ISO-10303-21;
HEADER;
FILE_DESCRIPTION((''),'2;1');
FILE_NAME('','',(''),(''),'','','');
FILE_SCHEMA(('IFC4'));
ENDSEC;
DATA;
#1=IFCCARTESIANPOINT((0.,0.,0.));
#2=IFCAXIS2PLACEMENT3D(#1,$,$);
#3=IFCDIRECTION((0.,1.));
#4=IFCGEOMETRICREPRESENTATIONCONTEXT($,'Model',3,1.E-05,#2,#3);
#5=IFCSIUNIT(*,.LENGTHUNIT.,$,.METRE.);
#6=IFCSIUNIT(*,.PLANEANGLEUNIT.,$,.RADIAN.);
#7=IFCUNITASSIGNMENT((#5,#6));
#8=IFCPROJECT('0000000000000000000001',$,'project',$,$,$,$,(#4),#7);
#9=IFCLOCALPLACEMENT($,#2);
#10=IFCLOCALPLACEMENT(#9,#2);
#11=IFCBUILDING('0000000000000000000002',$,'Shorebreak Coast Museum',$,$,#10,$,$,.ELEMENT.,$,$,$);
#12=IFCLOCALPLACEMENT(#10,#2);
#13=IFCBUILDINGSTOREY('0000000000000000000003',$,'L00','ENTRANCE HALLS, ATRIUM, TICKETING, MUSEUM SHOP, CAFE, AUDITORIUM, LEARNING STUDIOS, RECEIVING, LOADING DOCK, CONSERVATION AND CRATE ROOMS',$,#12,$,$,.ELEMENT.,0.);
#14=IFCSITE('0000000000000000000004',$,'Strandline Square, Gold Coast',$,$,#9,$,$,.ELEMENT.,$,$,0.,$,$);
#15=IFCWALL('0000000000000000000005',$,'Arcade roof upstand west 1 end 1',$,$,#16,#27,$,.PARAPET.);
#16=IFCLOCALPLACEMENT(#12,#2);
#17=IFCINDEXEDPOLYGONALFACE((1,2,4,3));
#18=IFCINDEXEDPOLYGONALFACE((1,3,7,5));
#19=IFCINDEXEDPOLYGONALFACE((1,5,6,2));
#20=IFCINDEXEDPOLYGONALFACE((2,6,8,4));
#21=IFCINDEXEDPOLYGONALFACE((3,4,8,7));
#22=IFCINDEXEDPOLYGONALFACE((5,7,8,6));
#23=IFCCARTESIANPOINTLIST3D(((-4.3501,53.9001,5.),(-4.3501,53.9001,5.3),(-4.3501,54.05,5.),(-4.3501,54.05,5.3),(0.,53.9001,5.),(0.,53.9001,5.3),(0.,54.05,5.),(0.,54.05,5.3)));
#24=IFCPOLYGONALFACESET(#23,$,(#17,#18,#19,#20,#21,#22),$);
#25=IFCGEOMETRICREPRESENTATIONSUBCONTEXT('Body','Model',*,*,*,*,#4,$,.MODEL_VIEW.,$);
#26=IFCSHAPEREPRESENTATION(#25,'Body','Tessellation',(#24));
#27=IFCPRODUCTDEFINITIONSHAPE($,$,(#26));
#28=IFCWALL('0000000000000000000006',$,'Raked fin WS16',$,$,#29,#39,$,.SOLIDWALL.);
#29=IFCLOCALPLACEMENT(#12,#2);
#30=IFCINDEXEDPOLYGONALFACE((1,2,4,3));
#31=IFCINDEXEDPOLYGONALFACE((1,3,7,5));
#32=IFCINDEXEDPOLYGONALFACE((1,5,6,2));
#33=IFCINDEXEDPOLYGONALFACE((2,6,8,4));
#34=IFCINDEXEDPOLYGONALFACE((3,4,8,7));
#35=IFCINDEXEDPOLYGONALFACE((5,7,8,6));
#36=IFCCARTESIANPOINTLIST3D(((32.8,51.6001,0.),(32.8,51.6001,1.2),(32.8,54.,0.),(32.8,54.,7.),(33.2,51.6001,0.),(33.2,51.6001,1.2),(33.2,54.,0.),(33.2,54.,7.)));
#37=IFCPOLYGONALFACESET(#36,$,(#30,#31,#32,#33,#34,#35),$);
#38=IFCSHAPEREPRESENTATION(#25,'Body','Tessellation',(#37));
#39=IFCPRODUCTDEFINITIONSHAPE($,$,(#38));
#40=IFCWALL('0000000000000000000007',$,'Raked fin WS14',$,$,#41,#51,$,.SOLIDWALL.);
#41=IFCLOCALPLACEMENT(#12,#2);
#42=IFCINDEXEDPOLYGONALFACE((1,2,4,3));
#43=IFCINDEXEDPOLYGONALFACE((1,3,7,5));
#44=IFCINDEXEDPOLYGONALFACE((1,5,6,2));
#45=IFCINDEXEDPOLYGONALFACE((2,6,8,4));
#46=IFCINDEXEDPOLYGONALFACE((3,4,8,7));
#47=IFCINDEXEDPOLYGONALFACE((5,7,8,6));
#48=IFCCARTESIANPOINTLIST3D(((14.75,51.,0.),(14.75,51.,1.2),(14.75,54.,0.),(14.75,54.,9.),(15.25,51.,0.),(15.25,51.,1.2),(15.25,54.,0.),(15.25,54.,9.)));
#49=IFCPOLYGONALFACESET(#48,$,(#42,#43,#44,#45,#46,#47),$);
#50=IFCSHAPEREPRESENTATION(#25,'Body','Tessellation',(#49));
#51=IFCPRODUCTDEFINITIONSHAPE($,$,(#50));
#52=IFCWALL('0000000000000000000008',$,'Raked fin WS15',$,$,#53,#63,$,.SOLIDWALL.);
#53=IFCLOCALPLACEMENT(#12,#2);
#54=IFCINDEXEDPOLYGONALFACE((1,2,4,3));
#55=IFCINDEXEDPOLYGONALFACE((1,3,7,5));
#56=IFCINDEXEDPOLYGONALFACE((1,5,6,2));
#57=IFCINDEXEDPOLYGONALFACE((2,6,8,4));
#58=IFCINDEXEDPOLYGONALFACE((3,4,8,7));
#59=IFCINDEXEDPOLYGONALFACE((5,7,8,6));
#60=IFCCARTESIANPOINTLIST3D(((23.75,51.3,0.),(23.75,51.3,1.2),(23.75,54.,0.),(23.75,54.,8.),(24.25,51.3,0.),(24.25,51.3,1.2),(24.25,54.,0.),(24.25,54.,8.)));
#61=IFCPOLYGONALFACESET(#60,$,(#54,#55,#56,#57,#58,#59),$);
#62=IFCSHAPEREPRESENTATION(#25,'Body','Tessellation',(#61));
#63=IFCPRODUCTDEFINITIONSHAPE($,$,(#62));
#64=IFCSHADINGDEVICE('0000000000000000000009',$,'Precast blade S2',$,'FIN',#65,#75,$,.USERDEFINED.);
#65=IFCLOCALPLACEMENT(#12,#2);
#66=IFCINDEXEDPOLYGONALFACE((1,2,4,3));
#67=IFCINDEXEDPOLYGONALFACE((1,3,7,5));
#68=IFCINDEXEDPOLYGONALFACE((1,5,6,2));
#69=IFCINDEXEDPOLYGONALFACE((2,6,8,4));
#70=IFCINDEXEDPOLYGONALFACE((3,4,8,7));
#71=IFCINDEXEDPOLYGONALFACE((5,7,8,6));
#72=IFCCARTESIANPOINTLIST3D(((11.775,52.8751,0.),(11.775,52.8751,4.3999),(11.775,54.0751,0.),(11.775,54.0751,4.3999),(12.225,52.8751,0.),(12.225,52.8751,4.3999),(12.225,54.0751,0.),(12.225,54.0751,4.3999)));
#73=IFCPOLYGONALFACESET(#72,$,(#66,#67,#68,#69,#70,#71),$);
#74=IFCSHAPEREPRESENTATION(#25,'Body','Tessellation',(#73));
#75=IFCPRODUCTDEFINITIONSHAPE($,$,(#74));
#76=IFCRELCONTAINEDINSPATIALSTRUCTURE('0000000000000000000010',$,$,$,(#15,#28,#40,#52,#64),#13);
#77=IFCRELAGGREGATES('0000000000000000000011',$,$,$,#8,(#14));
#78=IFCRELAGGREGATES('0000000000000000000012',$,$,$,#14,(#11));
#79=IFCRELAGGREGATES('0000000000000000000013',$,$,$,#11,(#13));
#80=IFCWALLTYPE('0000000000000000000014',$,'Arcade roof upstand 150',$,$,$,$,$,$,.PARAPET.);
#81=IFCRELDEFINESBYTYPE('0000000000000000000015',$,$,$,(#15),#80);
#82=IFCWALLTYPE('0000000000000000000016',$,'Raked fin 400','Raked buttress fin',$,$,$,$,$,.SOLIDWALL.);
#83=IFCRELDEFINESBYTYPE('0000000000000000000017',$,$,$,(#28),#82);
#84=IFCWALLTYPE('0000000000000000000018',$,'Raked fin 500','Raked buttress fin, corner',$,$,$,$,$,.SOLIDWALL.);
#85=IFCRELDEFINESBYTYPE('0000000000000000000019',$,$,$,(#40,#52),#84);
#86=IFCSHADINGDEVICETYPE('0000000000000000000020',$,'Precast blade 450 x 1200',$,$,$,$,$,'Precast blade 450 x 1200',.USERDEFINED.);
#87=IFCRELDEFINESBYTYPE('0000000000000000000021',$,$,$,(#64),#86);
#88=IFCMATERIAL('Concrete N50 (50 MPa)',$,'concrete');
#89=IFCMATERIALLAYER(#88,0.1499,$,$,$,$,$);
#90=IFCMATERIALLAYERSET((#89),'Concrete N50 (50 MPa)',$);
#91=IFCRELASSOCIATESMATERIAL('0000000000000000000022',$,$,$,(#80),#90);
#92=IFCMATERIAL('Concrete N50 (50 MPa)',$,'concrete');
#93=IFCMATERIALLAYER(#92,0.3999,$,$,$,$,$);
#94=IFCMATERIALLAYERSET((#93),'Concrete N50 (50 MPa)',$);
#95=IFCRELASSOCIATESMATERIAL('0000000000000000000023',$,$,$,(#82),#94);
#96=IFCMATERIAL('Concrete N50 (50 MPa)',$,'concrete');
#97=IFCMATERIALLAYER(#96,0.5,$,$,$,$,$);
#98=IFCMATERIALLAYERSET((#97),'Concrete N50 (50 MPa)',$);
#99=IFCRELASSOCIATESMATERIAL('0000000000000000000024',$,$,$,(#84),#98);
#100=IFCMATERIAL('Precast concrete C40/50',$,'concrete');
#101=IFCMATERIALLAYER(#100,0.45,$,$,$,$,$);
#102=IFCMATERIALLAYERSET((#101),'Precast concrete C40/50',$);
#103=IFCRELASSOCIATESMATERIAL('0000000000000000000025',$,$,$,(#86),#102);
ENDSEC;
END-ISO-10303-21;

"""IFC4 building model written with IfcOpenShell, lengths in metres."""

from ifc_helpers import new_model, si_unit, direction, frame, frame_2d, origin, origin_2d, place, context, subcontext, project, spatial, polyline, rectangle, outline, extrude, material, layer, layer_set, type_object, element, save


model = new_model("IFC4")

# Units and contexts
model_context = context("Model", 3, precision=1e-05, world=origin(), true_north=direction((0.0, 1.0)))
body_context = subcontext(model_context, "Body", "Model", "MODEL_VIEW")
ifc_project = project(units=[si_unit("LENGTHUNIT", "METRE"), si_unit("PLANEANGLEUNIT", "RADIAN")], contexts=[model_context])

# Site, building, storey
site_placement = place(None, origin())
site = spatial("IfcSite", under=ifc_project, at=site_placement, Name="Strandline Square, Gold Coast", CompositionType="ELEMENT", RefElevation=0.0)
building_placement = place(site_placement, origin())
building = spatial("IfcBuilding", under=site, at=building_placement, Name="Shorebreak Coast Museum", CompositionType="ELEMENT")
storey_placement = place(building_placement, origin())
storey = spatial("IfcBuildingStorey", under=building, at=storey_placement, Name="L00", Description="ENTRANCE HALLS, ATRIUM, TICKETING, MUSEUM SHOP, CAFE, AUDITORIUM, LEARNING STUDIOS, RECEIVING, LOADING DOCK, CONSERVATION AND CRATE ROOMS", CompositionType="ELEMENT", Elevation=0.0)

# Walls
ifc_material_1 = material(Name="Concrete N50 (50 MPa)", Category="concrete")
ifc_layer_1 = layer(ifc_material_1, 0.1499)
ifc_layer_set_1 = layer_set([ifc_layer_1], Name="Concrete N50 (50 MPa)")
wall_type_1 = type_object("IfcWallType", Name="Arcade roof upstand 150", PredefinedType="PARAPET", material=ifc_layer_set_1)
wall_1_placement = place(storey_placement, frame((0.0, 53.9751, 5.0), z_axis=(0.0, 0.0, 1.0), x_axis=(-1.0, 0.0, 0.0)))
element("IfcWall", 1, at=wall_1_placement, inside=storey, type_object=wall_type_1, Name="Arcade roof upstand west 1 end 1", PredefinedType="PARAPET", context=body_context, shape_type="SweptSolid", body=[
    extrude(rectangle(XDim=4.3501, YDim=0.1499, at=frame_2d((2.175, 0.0))), origin(), (0.0, 0.0, 1.0), 0.3),
])
ifc_material_2 = material(Name="Concrete N50 (50 MPa)", Category="concrete")
ifc_layer_2 = layer(ifc_material_2, 0.3999)
ifc_layer_set_2 = layer_set([ifc_layer_2], Name="Concrete N50 (50 MPa)")
wall_type_2 = type_object("IfcWallType", Name="Raked fin 400", Description="Raked buttress fin", PredefinedType="SOLIDWALL", material=ifc_layer_set_2)
wall_2_placement = place(storey_placement, frame((33.0, 54.0, 0.0), z_axis=(0.0, 0.0, 1.0), x_axis=(0.0, -1.0, 0.0)))
element("IfcWall", 2, at=wall_2_placement, inside=storey, type_object=wall_type_2, Name="Raked fin WS16", PredefinedType="SOLIDWALL", context=body_context, shape_type="SweptSolid", body=[
    extrude(outline(polyline([(0.0, 0.0), (2.3999, 0.0), (2.3999, 1.2), (0.0, 7.0), (0.0, 0.0)])), frame((0.0, 0.2, 0.0), z_axis=(0.0, -1.0, 0.0), x_axis=(1.0, 0.0, 0.0)), (0.0, 0.0, 1.0), 0.3999),
])
ifc_material_3 = material(Name="Concrete N50 (50 MPa)", Category="concrete")
ifc_layer_3 = layer(ifc_material_3, 0.5)
ifc_layer_set_3 = layer_set([ifc_layer_3], Name="Concrete N50 (50 MPa)")
wall_type_3 = type_object("IfcWallType", Name="Raked fin 500", Description="Raked buttress fin, corner", PredefinedType="SOLIDWALL", material=ifc_layer_set_3)
wall_3_placement = place(storey_placement, frame((15.0, 54.0, 0.0), z_axis=(0.0, 0.0, 1.0), x_axis=(0.0, -1.0, 0.0)))
element("IfcWall", 3, at=wall_3_placement, inside=storey, type_object=wall_type_3, Name="Raked fin WS14", PredefinedType="SOLIDWALL", context=body_context, shape_type="SweptSolid", body=[
    extrude(outline(polyline([(0.0, 0.0), (3.0, 0.0), (3.0, 1.2), (0.0, 9.0), (0.0, 0.0)])), frame((0.0, 0.25, 0.0), z_axis=(0.0, -1.0, 0.0), x_axis=(1.0, 0.0, 0.0)), (0.0, 0.0, 1.0), 0.5),
])
wall_4_placement = place(storey_placement, frame((24.0, 54.0, 0.0), z_axis=(0.0, 0.0, 1.0), x_axis=(0.0, -1.0, 0.0)))
element("IfcWall", 4, at=wall_4_placement, inside=storey, type_object=wall_type_3, Name="Raked fin WS15", PredefinedType="SOLIDWALL", context=body_context, shape_type="SweptSolid", body=[
    extrude(outline(polyline([(0.0, 0.0), (2.7, 0.0), (2.7, 1.2), (0.0, 8.0), (0.0, 0.0)])), frame((0.0, 0.25, 0.0), z_axis=(0.0, -1.0, 0.0), x_axis=(1.0, 0.0, 0.0)), (0.0, 0.0, 1.0), 0.5),
])

# Shading device
ifc_material_4 = material(Name="Precast concrete C40/50", Category="concrete")
ifc_layer_4 = layer(ifc_material_4, 0.45)
ifc_layer_set_4 = layer_set([ifc_layer_4], Name="Precast concrete C40/50")
shading_device_type = type_object("IfcShadingDeviceType", Name="Precast blade 450 x 1200", ElementType="Precast blade 450 x 1200", PredefinedType="USERDEFINED", material=ifc_layer_set_4)
shading_device_placement = place(storey_placement, frame((12.0, 53.4751, 0.0), z_axis=(0.0, 0.0, 1.0), x_axis=(1.0, 0.0, 0.0)))
element("IfcShadingDevice", 5, at=shading_device_placement, inside=storey, type_object=shading_device_type, Name="Precast blade S2", ObjectType="FIN", PredefinedType="USERDEFINED", context=body_context, shape_type="SweptSolid", body=[
    extrude(rectangle(XDim=0.45, YDim=1.2, at=origin_2d()), origin(), (0.0, 0.0, 1.0), 4.3999),
])

save(model, "model.ifc")
